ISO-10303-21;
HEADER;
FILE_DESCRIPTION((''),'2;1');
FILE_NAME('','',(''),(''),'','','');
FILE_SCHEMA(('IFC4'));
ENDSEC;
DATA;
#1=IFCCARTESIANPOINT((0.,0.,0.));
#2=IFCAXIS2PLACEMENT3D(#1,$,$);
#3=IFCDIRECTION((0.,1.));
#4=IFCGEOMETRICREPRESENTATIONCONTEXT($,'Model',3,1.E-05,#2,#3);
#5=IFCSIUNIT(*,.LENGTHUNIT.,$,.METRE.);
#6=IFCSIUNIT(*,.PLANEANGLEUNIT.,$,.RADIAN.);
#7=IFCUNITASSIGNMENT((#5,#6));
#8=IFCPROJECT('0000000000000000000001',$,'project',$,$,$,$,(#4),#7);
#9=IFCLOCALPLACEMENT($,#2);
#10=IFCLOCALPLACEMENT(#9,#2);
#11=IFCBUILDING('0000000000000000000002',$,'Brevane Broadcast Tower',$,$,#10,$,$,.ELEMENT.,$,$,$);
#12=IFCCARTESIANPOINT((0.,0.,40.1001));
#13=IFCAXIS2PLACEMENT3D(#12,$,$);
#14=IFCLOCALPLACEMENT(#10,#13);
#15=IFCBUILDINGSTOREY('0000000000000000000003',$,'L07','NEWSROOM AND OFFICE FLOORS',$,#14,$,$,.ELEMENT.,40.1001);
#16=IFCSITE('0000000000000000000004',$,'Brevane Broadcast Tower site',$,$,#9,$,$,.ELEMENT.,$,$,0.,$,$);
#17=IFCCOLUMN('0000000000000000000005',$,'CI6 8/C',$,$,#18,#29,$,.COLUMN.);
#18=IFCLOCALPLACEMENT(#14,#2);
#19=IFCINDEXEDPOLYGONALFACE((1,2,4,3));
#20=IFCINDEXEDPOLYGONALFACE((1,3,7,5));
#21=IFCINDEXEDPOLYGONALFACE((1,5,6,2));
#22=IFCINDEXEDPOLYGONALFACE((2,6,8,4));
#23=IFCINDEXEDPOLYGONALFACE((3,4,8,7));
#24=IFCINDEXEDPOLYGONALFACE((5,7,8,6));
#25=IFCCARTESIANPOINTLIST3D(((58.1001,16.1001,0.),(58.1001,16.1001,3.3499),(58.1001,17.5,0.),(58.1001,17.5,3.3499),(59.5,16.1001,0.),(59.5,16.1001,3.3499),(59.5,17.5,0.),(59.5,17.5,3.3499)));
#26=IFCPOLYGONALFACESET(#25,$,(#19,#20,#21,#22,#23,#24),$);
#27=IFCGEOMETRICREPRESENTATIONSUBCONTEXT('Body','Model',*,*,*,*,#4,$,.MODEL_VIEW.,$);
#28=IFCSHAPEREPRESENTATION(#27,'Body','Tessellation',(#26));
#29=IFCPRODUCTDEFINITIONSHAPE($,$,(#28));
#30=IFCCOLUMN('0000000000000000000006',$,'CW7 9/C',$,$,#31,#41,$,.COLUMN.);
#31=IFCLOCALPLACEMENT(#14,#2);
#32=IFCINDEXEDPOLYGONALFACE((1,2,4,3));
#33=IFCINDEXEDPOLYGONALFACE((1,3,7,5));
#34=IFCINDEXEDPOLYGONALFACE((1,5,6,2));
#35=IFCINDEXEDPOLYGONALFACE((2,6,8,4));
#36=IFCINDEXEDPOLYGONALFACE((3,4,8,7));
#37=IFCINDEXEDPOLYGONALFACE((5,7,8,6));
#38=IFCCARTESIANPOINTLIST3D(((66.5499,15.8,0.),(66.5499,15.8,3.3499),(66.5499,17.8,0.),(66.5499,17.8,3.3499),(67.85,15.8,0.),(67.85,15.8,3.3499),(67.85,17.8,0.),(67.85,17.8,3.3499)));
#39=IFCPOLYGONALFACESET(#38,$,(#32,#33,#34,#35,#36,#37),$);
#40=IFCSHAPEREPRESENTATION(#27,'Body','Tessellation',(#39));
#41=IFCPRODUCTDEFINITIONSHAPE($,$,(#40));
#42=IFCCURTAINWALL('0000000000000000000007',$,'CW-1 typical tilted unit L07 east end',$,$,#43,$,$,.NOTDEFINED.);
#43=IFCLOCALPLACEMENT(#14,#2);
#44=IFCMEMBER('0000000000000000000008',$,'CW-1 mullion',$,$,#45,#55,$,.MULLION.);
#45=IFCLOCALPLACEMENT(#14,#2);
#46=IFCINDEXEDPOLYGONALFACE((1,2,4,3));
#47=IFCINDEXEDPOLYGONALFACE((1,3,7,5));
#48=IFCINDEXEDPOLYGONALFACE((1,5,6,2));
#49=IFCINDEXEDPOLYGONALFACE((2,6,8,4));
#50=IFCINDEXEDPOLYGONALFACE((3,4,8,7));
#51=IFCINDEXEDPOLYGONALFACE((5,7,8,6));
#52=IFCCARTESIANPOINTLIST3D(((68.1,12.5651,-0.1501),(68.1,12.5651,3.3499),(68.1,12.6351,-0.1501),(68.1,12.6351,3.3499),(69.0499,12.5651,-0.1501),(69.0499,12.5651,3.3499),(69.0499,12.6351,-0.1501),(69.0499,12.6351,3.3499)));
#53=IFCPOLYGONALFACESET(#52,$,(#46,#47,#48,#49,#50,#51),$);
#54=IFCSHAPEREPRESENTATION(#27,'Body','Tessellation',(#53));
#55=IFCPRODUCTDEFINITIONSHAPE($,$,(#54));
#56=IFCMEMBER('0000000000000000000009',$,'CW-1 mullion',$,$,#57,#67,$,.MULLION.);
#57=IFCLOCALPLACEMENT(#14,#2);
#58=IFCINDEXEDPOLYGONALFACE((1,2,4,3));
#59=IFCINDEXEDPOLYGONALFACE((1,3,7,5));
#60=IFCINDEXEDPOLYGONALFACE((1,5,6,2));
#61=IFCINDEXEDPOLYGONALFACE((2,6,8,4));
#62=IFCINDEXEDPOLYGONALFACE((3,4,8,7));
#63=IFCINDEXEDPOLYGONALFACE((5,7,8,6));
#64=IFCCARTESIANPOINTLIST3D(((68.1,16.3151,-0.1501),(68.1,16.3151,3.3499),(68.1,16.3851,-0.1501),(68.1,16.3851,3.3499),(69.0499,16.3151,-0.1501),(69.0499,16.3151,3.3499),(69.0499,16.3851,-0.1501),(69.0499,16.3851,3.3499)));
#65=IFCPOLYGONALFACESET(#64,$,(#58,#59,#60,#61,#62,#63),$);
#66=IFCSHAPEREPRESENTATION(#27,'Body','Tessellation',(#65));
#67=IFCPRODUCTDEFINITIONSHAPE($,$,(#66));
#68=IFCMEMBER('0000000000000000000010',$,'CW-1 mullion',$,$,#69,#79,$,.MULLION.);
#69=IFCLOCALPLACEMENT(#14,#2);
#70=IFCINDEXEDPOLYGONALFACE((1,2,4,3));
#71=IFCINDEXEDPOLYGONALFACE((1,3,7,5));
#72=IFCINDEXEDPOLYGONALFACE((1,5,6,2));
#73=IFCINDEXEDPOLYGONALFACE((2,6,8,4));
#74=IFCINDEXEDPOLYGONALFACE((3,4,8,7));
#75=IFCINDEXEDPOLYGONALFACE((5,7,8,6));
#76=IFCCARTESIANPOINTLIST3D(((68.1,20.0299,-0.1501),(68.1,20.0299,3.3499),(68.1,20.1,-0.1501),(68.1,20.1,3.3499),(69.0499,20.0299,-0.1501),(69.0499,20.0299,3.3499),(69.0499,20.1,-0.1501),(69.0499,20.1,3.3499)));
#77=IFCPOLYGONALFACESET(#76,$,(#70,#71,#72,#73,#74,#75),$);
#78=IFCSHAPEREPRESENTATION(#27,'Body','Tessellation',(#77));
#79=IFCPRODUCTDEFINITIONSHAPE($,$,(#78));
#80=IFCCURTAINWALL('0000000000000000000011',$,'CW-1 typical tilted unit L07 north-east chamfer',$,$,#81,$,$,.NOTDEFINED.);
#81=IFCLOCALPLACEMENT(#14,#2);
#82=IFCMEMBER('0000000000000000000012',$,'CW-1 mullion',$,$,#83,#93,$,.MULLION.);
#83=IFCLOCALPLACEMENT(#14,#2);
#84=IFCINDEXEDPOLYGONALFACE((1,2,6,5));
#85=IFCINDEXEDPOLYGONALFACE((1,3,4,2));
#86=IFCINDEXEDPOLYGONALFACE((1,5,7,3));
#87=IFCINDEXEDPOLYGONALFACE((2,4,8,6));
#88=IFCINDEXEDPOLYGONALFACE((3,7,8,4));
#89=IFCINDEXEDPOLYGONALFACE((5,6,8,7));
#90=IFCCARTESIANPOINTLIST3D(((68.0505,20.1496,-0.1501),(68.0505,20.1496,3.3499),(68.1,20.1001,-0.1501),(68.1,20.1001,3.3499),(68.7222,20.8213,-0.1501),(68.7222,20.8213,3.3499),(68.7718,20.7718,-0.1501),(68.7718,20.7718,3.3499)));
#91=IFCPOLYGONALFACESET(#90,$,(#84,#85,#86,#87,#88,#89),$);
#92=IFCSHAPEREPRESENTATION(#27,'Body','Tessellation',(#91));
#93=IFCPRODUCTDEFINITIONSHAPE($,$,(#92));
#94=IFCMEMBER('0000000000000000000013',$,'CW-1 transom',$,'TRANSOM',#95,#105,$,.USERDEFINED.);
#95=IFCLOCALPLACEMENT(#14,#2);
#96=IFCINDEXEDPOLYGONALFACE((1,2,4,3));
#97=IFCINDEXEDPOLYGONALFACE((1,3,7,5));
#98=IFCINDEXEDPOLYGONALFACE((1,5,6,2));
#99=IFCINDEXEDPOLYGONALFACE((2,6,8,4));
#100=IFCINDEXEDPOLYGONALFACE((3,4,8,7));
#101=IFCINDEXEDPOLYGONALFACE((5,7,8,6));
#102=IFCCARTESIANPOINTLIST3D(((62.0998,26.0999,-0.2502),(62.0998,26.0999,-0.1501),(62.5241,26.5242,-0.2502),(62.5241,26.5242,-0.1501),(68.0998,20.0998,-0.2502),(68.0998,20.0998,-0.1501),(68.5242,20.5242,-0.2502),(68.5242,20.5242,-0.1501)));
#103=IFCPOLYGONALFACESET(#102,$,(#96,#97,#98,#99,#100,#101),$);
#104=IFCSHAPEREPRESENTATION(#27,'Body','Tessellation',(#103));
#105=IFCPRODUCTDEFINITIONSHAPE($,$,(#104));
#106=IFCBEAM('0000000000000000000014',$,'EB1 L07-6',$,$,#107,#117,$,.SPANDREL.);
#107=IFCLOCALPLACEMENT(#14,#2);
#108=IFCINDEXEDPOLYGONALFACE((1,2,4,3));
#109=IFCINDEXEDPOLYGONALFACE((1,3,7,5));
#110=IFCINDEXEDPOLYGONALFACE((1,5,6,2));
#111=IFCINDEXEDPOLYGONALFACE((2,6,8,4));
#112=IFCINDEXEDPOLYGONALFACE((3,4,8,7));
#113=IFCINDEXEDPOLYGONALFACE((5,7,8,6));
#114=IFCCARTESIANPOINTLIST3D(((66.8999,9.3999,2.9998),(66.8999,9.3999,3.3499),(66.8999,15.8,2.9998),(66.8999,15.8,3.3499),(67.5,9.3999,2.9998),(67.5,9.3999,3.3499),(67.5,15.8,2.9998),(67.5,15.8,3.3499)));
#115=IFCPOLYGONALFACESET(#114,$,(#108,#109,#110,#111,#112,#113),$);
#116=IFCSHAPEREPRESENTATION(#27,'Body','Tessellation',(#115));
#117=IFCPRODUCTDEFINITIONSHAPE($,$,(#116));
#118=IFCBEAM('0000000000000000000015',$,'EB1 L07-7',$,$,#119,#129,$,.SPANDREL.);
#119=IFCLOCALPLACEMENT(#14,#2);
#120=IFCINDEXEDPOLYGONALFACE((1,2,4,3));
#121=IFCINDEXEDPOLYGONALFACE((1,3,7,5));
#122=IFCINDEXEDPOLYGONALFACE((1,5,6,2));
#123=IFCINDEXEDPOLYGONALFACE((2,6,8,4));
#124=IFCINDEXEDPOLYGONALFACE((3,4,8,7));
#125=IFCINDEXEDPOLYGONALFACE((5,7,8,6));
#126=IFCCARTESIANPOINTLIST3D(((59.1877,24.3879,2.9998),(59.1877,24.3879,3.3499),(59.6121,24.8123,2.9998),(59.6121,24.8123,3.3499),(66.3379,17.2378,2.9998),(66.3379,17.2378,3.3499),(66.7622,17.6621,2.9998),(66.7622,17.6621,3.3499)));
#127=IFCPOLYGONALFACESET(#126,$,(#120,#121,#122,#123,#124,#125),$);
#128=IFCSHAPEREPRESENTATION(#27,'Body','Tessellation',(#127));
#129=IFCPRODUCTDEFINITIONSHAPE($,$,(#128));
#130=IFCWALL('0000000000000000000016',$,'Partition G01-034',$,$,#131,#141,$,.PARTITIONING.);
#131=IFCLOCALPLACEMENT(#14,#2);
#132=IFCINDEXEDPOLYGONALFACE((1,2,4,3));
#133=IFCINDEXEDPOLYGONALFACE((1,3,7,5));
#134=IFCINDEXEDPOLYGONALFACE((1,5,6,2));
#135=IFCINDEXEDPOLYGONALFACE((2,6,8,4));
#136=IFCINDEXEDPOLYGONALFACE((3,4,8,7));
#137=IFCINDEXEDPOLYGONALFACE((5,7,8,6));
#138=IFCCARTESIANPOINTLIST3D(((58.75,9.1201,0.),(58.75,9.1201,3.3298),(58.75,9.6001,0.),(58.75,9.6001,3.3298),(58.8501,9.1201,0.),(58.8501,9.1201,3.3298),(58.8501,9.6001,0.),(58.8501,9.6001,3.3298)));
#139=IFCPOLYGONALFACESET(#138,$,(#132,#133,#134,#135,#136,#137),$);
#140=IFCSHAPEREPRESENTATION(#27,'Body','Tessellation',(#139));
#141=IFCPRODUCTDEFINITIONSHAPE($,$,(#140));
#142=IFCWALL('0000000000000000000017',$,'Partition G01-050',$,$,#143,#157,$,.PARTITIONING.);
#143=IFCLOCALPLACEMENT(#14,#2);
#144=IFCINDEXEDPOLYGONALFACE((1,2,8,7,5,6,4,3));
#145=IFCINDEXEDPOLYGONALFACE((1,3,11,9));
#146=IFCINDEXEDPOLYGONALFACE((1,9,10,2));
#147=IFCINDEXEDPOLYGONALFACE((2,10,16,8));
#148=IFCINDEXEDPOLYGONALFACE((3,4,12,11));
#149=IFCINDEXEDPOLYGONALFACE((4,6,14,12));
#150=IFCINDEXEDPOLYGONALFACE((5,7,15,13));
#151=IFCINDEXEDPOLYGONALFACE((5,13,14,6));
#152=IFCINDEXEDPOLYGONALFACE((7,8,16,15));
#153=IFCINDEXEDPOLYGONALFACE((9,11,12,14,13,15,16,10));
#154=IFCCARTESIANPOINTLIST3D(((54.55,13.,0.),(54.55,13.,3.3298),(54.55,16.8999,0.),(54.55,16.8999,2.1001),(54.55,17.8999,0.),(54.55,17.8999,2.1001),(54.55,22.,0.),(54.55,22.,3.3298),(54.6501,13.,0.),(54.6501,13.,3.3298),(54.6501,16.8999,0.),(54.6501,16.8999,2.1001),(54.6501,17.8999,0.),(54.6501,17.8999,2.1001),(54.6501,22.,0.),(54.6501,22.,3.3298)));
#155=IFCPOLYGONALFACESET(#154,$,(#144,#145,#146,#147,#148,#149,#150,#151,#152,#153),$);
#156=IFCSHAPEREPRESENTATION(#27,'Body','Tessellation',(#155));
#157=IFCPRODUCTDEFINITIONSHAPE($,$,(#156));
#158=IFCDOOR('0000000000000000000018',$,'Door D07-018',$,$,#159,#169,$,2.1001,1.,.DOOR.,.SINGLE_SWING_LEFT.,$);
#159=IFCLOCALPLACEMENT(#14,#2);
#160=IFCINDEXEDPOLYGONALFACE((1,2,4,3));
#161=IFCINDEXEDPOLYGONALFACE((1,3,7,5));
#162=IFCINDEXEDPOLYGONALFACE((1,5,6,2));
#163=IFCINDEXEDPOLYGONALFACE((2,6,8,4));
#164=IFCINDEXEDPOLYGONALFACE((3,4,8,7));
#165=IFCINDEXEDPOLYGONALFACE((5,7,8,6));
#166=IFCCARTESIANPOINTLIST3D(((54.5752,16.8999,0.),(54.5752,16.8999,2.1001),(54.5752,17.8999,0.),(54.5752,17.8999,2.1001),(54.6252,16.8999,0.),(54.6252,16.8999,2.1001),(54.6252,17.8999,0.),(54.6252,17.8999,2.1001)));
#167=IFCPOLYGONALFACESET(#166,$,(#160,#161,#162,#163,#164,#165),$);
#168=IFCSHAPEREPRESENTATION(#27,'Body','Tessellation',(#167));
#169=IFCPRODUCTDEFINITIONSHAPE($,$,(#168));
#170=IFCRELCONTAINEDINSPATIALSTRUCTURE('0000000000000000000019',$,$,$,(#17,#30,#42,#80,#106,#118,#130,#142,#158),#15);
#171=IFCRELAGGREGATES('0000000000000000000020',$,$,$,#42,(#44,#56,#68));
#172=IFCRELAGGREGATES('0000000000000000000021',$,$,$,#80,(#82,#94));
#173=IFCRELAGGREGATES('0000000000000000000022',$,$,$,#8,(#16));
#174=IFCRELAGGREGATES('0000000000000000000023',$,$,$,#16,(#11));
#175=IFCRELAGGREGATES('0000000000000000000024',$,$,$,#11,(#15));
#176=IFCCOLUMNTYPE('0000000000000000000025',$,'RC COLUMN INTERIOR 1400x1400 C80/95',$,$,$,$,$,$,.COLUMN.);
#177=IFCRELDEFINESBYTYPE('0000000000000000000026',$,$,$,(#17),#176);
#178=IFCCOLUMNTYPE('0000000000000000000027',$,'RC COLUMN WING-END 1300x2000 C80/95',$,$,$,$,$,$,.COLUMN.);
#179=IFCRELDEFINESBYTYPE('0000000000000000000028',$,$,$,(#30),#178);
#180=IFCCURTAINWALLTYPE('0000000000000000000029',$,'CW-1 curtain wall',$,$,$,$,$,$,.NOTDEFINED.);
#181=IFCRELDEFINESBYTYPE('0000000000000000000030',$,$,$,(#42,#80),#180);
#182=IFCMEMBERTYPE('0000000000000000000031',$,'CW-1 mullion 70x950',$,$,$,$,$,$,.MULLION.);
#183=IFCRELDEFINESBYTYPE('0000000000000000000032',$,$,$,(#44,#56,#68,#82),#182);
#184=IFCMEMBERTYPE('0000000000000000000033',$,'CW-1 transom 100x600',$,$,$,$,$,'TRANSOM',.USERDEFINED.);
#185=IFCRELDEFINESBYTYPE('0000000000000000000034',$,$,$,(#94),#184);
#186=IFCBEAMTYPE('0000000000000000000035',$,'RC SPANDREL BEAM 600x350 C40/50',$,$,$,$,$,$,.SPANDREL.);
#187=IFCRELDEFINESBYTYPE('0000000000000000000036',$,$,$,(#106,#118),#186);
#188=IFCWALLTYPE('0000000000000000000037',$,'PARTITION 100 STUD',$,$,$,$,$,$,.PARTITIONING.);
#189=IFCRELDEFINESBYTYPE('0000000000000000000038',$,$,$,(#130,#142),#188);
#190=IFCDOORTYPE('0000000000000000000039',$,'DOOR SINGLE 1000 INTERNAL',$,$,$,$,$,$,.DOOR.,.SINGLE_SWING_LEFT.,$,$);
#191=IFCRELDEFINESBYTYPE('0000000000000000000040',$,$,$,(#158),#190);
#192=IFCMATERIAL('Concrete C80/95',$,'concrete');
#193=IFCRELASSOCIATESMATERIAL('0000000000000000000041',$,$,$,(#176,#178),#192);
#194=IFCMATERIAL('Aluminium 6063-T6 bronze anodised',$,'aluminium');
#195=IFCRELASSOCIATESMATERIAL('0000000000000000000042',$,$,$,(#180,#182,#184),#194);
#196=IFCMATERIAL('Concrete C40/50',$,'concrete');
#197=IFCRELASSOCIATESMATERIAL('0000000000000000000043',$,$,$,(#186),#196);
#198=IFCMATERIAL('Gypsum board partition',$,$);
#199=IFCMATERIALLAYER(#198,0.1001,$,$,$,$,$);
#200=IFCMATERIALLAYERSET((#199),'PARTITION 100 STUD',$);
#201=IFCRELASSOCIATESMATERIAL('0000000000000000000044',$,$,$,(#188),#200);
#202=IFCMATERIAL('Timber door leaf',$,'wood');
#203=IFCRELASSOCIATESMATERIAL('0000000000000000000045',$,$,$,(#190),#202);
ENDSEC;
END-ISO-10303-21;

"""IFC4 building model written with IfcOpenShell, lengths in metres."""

from ifc_helpers import new_model, si_unit, direction, frame, frame_2d, origin, origin_2d, place, context, subcontext, project, spatial, rectangle, extrude, material, layer, layer_set, material_profile, profile_set, type_object, element, fill, aggregate, save


model = new_model("IFC4")

# Units and contexts
model_context = context("Model", 3, precision=1e-05, world=origin(), true_north=direction((0.0, 1.0)))
body_context = subcontext(model_context, "Body", "Model", "MODEL_VIEW")
ifc_project = project(units=[si_unit("LENGTHUNIT", "METRE"), si_unit("PLANEANGLEUNIT", "RADIAN")], contexts=[model_context])

# Site, building, storey
site_placement = place(None, origin())
site = spatial("IfcSite", under=ifc_project, at=site_placement, Name="Brevane Broadcast Tower site", CompositionType="ELEMENT", RefElevation=0.0)
building_placement = place(site_placement, origin())
building = spatial("IfcBuilding", under=site, at=building_placement, Name="Brevane Broadcast Tower", CompositionType="ELEMENT")
storey_placement = place(building_placement, frame((0.0, 0.0, 40.1001)))
storey = spatial("IfcBuildingStorey", under=building, at=storey_placement, Name="L07", Description="NEWSROOM AND OFFICE FLOORS", CompositionType="ELEMENT", Elevation=40.1001)

# Columns
ifc_material_1 = material(Name="Concrete C80/95", Category="concrete")
ifc_material_profile_1 = material_profile(ifc_material_1, rectangle(XDim=1.3999, YDim=1.3999, at=origin_2d()), Name="RC 1400x1400")
ifc_profile_set_1 = profile_set([ifc_material_profile_1], Name="Concrete C80/95")
column_type_1 = type_object("IfcColumnType", Name="RC COLUMN INTERIOR 1400x1400 C80/95", PredefinedType="COLUMN", material=ifc_profile_set_1)
column_1_placement = place(storey_placement, frame((58.8, 16.8, 0.0), z_axis=(0.0, 0.0, 1.0), x_axis=(1.0, 0.0, 0.0)))
element("IfcColumn", 1, at=column_1_placement, inside=storey, type_object=column_type_1, Name="CI6 8/C", PredefinedType="COLUMN", context=body_context, shape_type="SweptSolid", body=[
    extrude(rectangle(XDim=1.3999, YDim=1.3999, at=origin_2d()), origin(), (0.0, 0.0, 1.0), 3.3499),
])
ifc_material_profile_2 = material_profile(ifc_material_1, rectangle(XDim=1.3, YDim=2.0, at=origin_2d()), Name="RC 1300x2000")
ifc_profile_set_2 = profile_set([ifc_material_profile_2], Name="Concrete C80/95")
column_type_2 = type_object("IfcColumnType", Name="RC COLUMN WING-END 1300x2000 C80/95", PredefinedType="COLUMN", material=ifc_profile_set_2)
column_2_placement = place(storey_placement, frame((67.2, 16.8, 0.0), z_axis=(0.0, 0.0, 1.0), x_axis=(1.0, 0.0, 0.0)))
element("IfcColumn", 2, at=column_2_placement, inside=storey, type_object=column_type_2, Name="CW7 9/C", PredefinedType="COLUMN", context=body_context, shape_type="SweptSolid", body=[
    extrude(rectangle(XDim=1.3, YDim=2.0, at=origin_2d()), origin(), (0.0, 0.0, 1.0), 3.3499),
])

# Curtain walls, members
ifc_material_2 = material(Name="Aluminium 6063-T6 bronze anodised", Category="aluminium")
curtain_wall_type = type_object("IfcCurtainWallType", Name="CW-1 curtain wall", PredefinedType="NOTDEFINED", material=ifc_material_2)
curtain_wall_1_placement = place(storey_placement, origin())
curtain_wall_1 = element("IfcCurtainWall", 3, at=curtain_wall_1_placement, inside=storey, type_object=curtain_wall_type, Name="CW-1 typical tilted unit L07 east end", PredefinedType="NOTDEFINED")
ifc_material_profile_3 = material_profile(ifc_material_2, rectangle(XDim=0.95, YDim=0.0701, at=origin_2d()), Name="RECT 70x950")
ifc_profile_set_3 = profile_set([ifc_material_profile_3], Name="Aluminium 6063-T6 bronze anodised")
member_type_1 = type_object("IfcMemberType", Name="CW-1 mullion 70x950", PredefinedType="MULLION", material=ifc_profile_set_3)
member_1_placement = place(storey_placement, frame((68.575, 12.6001, -0.1501), z_axis=(0.0, 0.0, 1.0), x_axis=(-1.0, 0.0, 0.0)))
member_1 = element("IfcMember", 4, at=member_1_placement, type_object=member_type_1, Name="CW-1 mullion", PredefinedType="MULLION", context=body_context, shape_type="SweptSolid", body=[
    extrude(rectangle(XDim=0.95, YDim=0.0701, at=origin_2d()), origin(), (0.0, 0.0, 1.0), 3.5),
])
member_2_placement = place(storey_placement, frame((68.575, 16.3501, -0.1501), z_axis=(0.0, 0.0, 1.0), x_axis=(-1.0, 0.0, 0.0)))
member_2 = element("IfcMember", 5, at=member_2_placement, type_object=member_type_1, Name="CW-1 mullion", PredefinedType="MULLION", context=body_context, shape_type="SweptSolid", body=[
    extrude(rectangle(XDim=0.95, YDim=0.0701, at=origin_2d()), origin(), (0.0, 0.0, 1.0), 3.5),
])
member_3_placement = place(storey_placement, frame((68.575, 20.0649, -0.1501), z_axis=(0.0, 0.0, 1.0), x_axis=(-1.0, 0.0, 0.0)))
member_3 = element("IfcMember", 6, at=member_3_placement, type_object=member_type_1, Name="CW-1 mullion", PredefinedType="MULLION", context=body_context, shape_type="SweptSolid", body=[
    extrude(rectangle(XDim=0.95, YDim=0.0701, at=origin_2d()), origin(), (0.0, 0.0, 1.0), 3.5),
])
aggregate(curtain_wall_1, [member_1, member_2, member_3])
curtain_wall_2_placement = place(storey_placement, origin())
curtain_wall_2 = element("IfcCurtainWall", 7, at=curtain_wall_2_placement, inside=storey, type_object=curtain_wall_type, Name="CW-1 typical tilted unit L07 north-east chamfer", PredefinedType="NOTDEFINED")
member_4_placement = place(storey_placement, frame((68.4111, 20.4607, -0.1501), z_axis=(0.0, 0.0, 1.0), x_axis=(-0.707107, -0.707107, 0.0)))
member_4 = element("IfcMember", 8, at=member_4_placement, type_object=member_type_1, Name="CW-1 mullion", PredefinedType="MULLION", context=body_context, shape_type="SweptSolid", body=[
    extrude(rectangle(XDim=0.95, YDim=0.0701, at=origin_2d()), origin(), (0.0, 0.0, 1.0), 3.5),
])
ifc_material_profile_4 = material_profile(ifc_material_2, rectangle(XDim=0.6001, YDim=0.1001, at=origin_2d()), Name="RECT 100x600")
ifc_profile_set_4 = profile_set([ifc_material_profile_4], Name="Aluminium 6063-T6 bronze anodised")
member_type_2 = type_object("IfcMemberType", Name="CW-1 transom 100x600", ElementType="TRANSOM", PredefinedType="USERDEFINED", material=ifc_profile_set_4)
member_5_placement = place(storey_placement, frame((68.312, 20.312, -0.2002), z_axis=(-0.707107, 0.707107, 0.0), x_axis=(-0.707107, -0.707107, 0.0)))
member_5 = element("IfcMember", 9, at=member_5_placement, type_object=member_type_2, Name="CW-1 transom", ObjectType="TRANSOM", PredefinedType="USERDEFINED", context=body_context, shape_type="SweptSolid", body=[
    extrude(rectangle(XDim=0.6001, YDim=0.1001, at=origin_2d()), origin(), (0.0, 0.0, 1.0), 8.4854),
])
aggregate(curtain_wall_2, [member_4, member_5])

# Beams
ifc_material_3 = material(Name="Concrete C40/50", Category="concrete")
ifc_material_profile_5 = material_profile(ifc_material_3, rectangle(XDim=0.6001, YDim=0.3501, at=origin_2d()), Name="RC 600x350")
ifc_profile_set_5 = profile_set([ifc_material_profile_5], Name="Concrete C40/50")
beam_type = type_object("IfcBeamType", Name="RC SPANDREL BEAM 600x350 C40/50", PredefinedType="SPANDREL", material=ifc_profile_set_5)
beam_1_placement = place(storey_placement, frame((67.2, 9.3999, 3.1748), z_axis=(0.0, 1.0, 0.0), x_axis=(-1.0, 0.0, 0.0)))
element("IfcBeam", 10, at=beam_1_placement, inside=storey, type_object=beam_type, Name="EB1 L07-6", PredefinedType="SPANDREL", context=body_context, shape_type="SweptSolid", body=[
    extrude(rectangle(XDim=0.6001, YDim=0.3501, at=origin_2d()), origin(), (0.0, 0.0, 1.0), 6.4001),
])
beam_2_placement = place(storey_placement, frame((66.55, 17.45, 3.1748), z_axis=(-0.707107, 0.707107, 0.0), x_axis=(-0.707107, -0.707107, 0.0)))
element("IfcBeam", 11, at=beam_2_placement, inside=storey, type_object=beam_type, Name="EB1 L07-7", PredefinedType="SPANDREL", context=body_context, shape_type="SweptSolid", body=[
    extrude(rectangle(XDim=0.6001, YDim=0.3501, at=origin_2d()), origin(), (0.0, 0.0, 1.0), 10.1118),
])

# Wall
ifc_material_4 = material(Name="Gypsum board partition")
ifc_layer_1 = layer(ifc_material_4, 0.1001)
ifc_layer_set_1 = layer_set([ifc_layer_1], Name="PARTITION 100 STUD")
wall_type_1 = type_object("IfcWallType", Name="PARTITION 100 STUD", PredefinedType="PARTITIONING", material=ifc_layer_set_1)
wall_1_placement = place(storey_placement, frame((58.8, 9.6001, 0.0), z_axis=(0.0, 0.0, 1.0), x_axis=(0.0, -1.0, 0.0)))
element("IfcWall", 12, at=wall_1_placement, inside=storey, type_object=wall_type_1, Name="Partition G01-034", PredefinedType="PARTITIONING", context=body_context, shape_type="SweptSolid", body=[
    extrude(rectangle(XDim=0.48, YDim=0.1001, at=frame_2d((0.24, 0.0))), origin(), (0.0, 0.0, 1.0), 3.3298),
])

# Wall, opening, door
wall_2_placement = place(storey_placement, frame((54.6001, 13.0, 0.0), z_axis=(0.0, 0.0, 1.0), x_axis=(0.0, 1.0, 0.0)))
wall_2 = element("IfcWall", 13, at=wall_2_placement, inside=storey, type_object=wall_type_1, Name="Partition G01-050", PredefinedType="PARTITIONING", context=body_context, shape_type="SweptSolid", body=[
    extrude(rectangle(XDim=9.0, YDim=0.1001, at=frame_2d((4.5, 0.0))), origin(), (0.0, 0.0, 1.0), 3.3298),
])
opening_1_placement = place(wall_2_placement, frame((3.8999, 0.0, 0.0)))
opening_1 = element("IfcOpeningElement", 14, at=opening_1_placement, cuts=wall_2, PredefinedType="OPENING", context=body_context, shape_type="SweptSolid", body=[
    extrude(rectangle(XDim=1.0, YDim=2.1001, at=frame_2d((0.5, 1.05))), frame((0.0, 0.0601, 0.0), z_axis=(0.0, -1.0, 0.0), x_axis=(1.0, 0.0, 0.0)), (0.0, 0.0, 1.0), 0.1201),
])
ifc_material_5 = material(Name="Timber door leaf", Category="wood")
door_type_1 = type_object("IfcDoorType", Name="DOOR SINGLE 1000 INTERNAL", OperationType="SINGLE_SWING_LEFT", PredefinedType="DOOR", material=ifc_material_5)
door_1_placement = place(opening_1_placement, origin())
door_1 = element("IfcDoor", 15, at=door_1_placement, inside=storey, type_object=door_type_1, Name="Door D07-018", OperationType="SINGLE_SWING_LEFT", OverallHeight=2.1001, OverallWidth=1.0, PredefinedType="DOOR", context=body_context, shape_type="SweptSolid", body=[
    extrude(rectangle(XDim=1.0, YDim=2.1001, at=frame_2d((0.5, 1.05))), frame((0.0, 0.0249, 0.0), z_axis=(0.0, -1.0, 0.0), x_axis=(1.0, 0.0, 0.0)), (0.0, 0.0, 1.0), 0.05),
])
fill(opening_1, door_1)

save(model, "model.ifc")
